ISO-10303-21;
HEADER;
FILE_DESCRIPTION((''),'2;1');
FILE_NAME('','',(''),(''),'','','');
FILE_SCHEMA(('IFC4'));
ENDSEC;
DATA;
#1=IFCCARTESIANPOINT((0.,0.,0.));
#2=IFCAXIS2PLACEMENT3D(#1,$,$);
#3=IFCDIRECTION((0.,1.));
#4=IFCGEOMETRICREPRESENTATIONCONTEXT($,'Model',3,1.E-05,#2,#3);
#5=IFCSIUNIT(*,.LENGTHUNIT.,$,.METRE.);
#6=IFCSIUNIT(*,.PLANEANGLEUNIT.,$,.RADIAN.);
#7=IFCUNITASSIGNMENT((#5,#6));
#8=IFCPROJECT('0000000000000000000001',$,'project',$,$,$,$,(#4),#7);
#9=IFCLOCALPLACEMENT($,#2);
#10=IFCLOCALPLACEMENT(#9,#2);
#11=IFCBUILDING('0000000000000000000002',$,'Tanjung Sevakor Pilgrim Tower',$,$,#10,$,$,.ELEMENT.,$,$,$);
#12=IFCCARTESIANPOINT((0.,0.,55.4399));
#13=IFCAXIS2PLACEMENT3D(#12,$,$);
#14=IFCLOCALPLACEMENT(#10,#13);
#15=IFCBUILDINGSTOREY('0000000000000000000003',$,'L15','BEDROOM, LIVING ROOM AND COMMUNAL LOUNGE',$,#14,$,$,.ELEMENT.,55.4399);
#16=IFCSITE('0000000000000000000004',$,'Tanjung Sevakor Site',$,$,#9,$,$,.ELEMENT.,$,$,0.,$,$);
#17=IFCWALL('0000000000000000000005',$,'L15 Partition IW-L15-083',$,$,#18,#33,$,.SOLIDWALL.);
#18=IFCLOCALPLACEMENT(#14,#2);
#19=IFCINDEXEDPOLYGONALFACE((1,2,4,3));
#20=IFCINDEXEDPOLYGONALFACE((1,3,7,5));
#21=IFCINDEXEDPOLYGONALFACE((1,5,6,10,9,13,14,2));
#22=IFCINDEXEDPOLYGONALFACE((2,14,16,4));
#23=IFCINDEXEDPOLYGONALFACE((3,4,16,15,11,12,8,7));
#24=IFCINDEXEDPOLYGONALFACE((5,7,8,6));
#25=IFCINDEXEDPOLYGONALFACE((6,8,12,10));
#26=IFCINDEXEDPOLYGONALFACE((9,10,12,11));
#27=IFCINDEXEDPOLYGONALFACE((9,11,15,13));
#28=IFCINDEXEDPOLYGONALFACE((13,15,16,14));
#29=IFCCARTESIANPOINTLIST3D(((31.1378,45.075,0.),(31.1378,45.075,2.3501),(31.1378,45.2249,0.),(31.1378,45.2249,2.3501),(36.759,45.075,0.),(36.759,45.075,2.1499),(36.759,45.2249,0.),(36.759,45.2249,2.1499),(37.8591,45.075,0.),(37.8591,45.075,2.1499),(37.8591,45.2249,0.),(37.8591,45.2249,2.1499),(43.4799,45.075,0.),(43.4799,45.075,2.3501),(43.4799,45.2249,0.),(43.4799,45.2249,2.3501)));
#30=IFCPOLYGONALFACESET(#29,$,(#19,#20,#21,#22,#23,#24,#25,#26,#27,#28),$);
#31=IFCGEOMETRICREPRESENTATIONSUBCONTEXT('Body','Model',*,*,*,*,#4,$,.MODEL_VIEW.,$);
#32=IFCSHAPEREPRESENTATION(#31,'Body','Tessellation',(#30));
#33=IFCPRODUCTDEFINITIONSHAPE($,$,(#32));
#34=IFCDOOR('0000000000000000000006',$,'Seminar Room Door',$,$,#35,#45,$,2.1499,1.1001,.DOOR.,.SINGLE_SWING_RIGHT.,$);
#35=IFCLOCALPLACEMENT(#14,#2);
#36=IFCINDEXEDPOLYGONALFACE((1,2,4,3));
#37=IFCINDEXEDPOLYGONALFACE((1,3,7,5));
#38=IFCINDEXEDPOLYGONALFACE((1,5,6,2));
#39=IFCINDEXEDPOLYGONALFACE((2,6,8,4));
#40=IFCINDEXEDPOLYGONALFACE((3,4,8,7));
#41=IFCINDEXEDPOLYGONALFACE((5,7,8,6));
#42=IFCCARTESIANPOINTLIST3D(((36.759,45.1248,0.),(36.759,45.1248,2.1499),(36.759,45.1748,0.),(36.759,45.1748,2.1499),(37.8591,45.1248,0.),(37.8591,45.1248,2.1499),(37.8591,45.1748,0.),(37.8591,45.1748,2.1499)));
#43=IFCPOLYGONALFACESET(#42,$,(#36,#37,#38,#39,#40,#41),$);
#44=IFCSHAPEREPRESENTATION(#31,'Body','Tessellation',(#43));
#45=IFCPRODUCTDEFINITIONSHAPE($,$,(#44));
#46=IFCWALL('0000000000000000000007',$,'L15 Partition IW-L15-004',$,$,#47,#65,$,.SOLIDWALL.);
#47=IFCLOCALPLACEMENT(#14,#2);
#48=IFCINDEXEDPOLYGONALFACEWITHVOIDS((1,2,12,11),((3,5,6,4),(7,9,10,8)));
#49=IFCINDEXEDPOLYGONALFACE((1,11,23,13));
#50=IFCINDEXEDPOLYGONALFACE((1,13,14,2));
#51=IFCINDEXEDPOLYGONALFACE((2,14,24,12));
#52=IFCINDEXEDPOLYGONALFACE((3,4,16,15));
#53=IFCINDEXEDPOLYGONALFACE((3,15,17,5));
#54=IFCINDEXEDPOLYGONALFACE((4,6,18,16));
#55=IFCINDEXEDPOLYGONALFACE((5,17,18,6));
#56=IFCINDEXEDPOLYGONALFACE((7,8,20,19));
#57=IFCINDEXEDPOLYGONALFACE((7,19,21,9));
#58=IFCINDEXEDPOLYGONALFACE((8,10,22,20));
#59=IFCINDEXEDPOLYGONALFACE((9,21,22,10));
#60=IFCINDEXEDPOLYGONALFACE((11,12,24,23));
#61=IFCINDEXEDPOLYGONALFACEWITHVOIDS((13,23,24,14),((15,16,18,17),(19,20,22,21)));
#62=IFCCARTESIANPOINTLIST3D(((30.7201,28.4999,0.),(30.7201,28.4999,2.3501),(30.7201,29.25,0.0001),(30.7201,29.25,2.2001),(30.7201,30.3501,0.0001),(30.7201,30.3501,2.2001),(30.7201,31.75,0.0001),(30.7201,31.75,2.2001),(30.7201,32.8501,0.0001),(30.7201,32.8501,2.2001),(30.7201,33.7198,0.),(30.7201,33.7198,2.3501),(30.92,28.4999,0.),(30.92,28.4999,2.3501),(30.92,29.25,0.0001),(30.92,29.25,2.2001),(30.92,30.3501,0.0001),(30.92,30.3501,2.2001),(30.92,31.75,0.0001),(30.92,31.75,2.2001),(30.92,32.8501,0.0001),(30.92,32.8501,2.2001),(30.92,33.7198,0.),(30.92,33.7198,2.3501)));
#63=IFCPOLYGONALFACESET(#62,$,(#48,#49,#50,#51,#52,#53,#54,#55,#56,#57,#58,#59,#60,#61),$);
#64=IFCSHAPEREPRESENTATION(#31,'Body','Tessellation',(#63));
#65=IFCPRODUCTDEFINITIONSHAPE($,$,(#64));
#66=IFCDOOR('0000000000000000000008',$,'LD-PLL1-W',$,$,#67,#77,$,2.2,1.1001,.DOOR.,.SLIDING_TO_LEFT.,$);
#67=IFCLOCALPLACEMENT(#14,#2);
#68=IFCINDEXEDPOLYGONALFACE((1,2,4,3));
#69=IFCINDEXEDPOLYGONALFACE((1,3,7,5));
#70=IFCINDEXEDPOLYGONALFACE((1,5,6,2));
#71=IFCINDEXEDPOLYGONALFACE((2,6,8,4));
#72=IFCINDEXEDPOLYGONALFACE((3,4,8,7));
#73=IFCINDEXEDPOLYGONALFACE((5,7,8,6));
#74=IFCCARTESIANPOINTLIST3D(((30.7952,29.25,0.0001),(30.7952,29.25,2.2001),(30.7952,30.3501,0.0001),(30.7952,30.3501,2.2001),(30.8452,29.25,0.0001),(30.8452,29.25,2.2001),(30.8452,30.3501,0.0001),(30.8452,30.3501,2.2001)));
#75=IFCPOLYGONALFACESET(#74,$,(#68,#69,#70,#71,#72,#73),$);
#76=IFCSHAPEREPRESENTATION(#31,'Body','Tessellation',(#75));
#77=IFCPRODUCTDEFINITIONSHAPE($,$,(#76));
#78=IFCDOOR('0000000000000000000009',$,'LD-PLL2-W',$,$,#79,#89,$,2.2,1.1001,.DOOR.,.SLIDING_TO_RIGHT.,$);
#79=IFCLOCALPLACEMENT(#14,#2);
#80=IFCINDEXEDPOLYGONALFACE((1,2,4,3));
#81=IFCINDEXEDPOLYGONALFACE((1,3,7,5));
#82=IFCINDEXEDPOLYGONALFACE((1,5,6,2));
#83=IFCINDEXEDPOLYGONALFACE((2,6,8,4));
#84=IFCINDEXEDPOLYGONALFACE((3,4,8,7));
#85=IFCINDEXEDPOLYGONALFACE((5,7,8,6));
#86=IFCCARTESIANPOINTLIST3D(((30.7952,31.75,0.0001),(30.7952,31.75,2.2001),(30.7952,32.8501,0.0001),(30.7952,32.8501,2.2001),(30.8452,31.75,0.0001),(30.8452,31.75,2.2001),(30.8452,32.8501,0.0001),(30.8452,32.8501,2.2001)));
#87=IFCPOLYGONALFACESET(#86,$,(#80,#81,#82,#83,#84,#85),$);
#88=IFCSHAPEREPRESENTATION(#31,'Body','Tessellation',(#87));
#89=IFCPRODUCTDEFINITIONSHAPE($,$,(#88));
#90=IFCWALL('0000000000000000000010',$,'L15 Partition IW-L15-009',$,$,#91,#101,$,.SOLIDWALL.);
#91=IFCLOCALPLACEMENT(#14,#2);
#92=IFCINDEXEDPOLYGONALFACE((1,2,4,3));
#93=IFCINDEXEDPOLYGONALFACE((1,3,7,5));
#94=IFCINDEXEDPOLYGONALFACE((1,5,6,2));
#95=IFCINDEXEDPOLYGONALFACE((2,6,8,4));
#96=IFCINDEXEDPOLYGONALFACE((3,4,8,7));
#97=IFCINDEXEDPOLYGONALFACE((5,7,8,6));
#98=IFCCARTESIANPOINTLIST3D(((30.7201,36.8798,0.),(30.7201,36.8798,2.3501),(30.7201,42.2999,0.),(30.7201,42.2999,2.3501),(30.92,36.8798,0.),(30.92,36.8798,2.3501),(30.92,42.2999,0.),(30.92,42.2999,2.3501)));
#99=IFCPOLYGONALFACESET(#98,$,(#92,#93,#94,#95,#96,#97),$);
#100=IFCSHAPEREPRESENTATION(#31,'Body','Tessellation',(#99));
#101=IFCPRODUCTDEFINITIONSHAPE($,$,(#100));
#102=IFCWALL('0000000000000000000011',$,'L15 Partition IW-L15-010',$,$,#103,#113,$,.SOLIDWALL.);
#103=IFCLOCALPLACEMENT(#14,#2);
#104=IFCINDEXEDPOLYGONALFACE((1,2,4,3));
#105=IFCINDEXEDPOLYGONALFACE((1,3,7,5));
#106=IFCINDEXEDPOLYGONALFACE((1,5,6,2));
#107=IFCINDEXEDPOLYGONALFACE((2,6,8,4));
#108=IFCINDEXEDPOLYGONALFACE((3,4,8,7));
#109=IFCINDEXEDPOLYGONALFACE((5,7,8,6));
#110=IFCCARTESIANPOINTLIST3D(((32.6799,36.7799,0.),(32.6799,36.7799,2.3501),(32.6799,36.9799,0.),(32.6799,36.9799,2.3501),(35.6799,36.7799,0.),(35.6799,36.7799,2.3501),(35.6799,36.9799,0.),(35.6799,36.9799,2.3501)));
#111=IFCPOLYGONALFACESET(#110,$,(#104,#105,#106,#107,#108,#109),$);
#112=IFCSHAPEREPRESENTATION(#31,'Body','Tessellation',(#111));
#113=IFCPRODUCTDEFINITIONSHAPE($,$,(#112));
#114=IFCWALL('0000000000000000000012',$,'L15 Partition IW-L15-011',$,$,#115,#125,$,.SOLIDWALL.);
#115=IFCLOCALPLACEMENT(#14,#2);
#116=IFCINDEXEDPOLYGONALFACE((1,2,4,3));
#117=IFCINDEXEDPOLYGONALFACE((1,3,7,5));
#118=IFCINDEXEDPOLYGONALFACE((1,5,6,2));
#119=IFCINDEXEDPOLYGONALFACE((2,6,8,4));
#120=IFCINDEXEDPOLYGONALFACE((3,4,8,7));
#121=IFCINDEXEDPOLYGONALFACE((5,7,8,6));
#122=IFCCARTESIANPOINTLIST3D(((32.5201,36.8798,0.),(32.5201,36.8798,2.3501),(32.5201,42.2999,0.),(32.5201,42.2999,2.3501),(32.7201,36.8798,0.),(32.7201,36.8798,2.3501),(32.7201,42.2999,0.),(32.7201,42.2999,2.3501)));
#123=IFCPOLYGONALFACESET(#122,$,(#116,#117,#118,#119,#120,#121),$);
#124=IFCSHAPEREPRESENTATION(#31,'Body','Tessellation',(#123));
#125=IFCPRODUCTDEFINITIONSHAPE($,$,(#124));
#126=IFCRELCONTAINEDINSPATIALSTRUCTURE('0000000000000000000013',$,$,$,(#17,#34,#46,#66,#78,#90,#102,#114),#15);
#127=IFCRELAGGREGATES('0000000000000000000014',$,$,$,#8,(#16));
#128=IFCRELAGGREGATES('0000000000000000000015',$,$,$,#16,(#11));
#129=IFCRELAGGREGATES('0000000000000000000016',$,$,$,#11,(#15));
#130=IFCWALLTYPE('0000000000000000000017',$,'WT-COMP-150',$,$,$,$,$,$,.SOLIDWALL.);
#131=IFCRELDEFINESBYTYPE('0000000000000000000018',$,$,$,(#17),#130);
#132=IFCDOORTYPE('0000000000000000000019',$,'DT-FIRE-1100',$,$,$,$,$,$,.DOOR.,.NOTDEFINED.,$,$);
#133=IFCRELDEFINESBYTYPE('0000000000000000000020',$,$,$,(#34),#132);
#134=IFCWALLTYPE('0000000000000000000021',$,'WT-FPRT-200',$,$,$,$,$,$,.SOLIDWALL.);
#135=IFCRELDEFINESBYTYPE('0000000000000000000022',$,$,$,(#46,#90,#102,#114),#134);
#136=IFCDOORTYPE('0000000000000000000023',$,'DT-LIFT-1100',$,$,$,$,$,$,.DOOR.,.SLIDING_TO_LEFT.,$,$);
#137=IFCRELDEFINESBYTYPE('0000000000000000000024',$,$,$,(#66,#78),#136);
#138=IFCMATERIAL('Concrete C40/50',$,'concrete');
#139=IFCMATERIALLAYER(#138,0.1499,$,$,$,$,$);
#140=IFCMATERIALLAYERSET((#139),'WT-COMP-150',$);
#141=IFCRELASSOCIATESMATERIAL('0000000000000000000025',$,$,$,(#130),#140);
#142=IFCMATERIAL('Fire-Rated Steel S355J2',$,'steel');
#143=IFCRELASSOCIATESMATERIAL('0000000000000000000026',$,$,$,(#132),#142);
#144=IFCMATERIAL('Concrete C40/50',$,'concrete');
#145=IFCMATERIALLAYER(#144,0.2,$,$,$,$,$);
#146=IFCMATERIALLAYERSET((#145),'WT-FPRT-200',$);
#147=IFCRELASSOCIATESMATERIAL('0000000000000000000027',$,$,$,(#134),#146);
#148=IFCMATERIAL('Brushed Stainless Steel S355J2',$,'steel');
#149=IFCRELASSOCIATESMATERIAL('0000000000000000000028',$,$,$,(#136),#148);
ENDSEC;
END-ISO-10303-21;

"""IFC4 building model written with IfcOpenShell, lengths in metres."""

from ifc_helpers import new_model, si_unit, direction, frame, frame_2d, origin, place, context, subcontext, project, spatial, rectangle, extrude, material, layer, layer_set, type_object, element, fill, save


model = new_model("IFC4")

# Units and contexts
model_context = context("Model", 3, precision=1e-05, world=origin(), true_north=direction((0.0, 1.0)))
body_context = subcontext(model_context, "Body", "Model", "MODEL_VIEW")
ifc_project = project(units=[si_unit("LENGTHUNIT", "METRE"), si_unit("PLANEANGLEUNIT", "RADIAN")], contexts=[model_context])

# Site, building, storey
site_placement = place(None, origin())
site = spatial("IfcSite", under=ifc_project, at=site_placement, Name="Tanjung Sevakor Site", CompositionType="ELEMENT", RefElevation=0.0)
building_placement = place(site_placement, origin())
building = spatial("IfcBuilding", under=site, at=building_placement, Name="Tanjung Sevakor Pilgrim Tower", CompositionType="ELEMENT")
storey_placement = place(building_placement, frame((0.0, 0.0, 55.4399)))
storey = spatial("IfcBuildingStorey", under=building, at=storey_placement, Name="L15", Description="BEDROOM, LIVING ROOM AND COMMUNAL LOUNGE", CompositionType="ELEMENT", Elevation=55.4399)

# Shared definitions
ifc_material_1 = material(Name="Concrete C40/50", Category="concrete")
ifc_layer_1 = layer(ifc_material_1, 0.1499)
ifc_layer_set_1 = layer_set([ifc_layer_1], Name="WT-COMP-150")
wall_type_1 = type_object("IfcWallType", Name="WT-COMP-150", PredefinedType="SOLIDWALL", material=ifc_layer_set_1)

# Wall, opening, door
wall_1_placement = place(storey_placement, frame((31.1379, 45.1499, 0.0), z_axis=(0.0, 0.0, 1.0), x_axis=(1.0, 0.0, 0.0)))
wall_1 = element("IfcWall", 1, at=wall_1_placement, inside=storey, type_object=wall_type_1, Name="L15 Partition IW-L15-083", PredefinedType="SOLIDWALL", context=body_context, shape_type="SweptSolid", body=[
    extrude(rectangle(XDim=12.342, YDim=0.1499, at=frame_2d((6.1709, 0.0))), origin(), (0.0, 0.0, 1.0), 2.3501),
])
opening_1_placement = place(wall_1_placement, frame((5.6211, 0.0, 0.0)))
opening_1 = element("IfcOpeningElement", 2, at=opening_1_placement, cuts=wall_1, PredefinedType="OPENING", context=body_context, shape_type="SweptSolid", body=[
    extrude(rectangle(XDim=1.1001, YDim=2.1499, at=frame_2d((0.55, 1.075))), frame((0.0, 0.085, 0.0), z_axis=(0.0, -1.0, 0.0), x_axis=(1.0, 0.0, 0.0)), (0.0, 0.0, 1.0), 0.1699),
])
ifc_material_2 = material(Name="Fire-Rated Steel S355J2", Category="steel")
door_type_1 = type_object("IfcDoorType", Name="DT-FIRE-1100", OperationType="NOTDEFINED", PredefinedType="DOOR", material=ifc_material_2)
door_1_placement = place(opening_1_placement, origin())
door_1 = element("IfcDoor", 3, at=door_1_placement, inside=storey, type_object=door_type_1, Name="Seminar Room Door", OperationType="SINGLE_SWING_RIGHT", OverallHeight=2.1499, OverallWidth=1.1001, PredefinedType="DOOR", context=body_context, shape_type="SweptSolid", body=[
    extrude(rectangle(XDim=1.1001, YDim=2.1499, at=frame_2d((0.55, 1.075))), frame((0.0, 0.0249, 0.0), z_axis=(0.0, -1.0, 0.0), x_axis=(1.0, 0.0, 0.0)), (0.0, 0.0, 1.0), 0.05),
])
fill(opening_1, door_1)

# Wall, openings, doors
ifc_material_3 = material(Name="Concrete C40/50", Category="concrete")
ifc_layer_2 = layer(ifc_material_3, 0.2)
ifc_layer_set_2 = layer_set([ifc_layer_2], Name="WT-FPRT-200")
wall_type_2 = type_object("IfcWallType", Name="WT-FPRT-200", PredefinedType="SOLIDWALL", material=ifc_layer_set_2)
wall_2_placement = place(storey_placement, frame((30.8201, 28.5, 0.0), z_axis=(0.0, 0.0, 1.0), x_axis=(0.0, 1.0, 0.0)))
wall_2 = element("IfcWall", 4, at=wall_2_placement, inside=storey, type_object=wall_type_2, Name="L15 Partition IW-L15-004", PredefinedType="SOLIDWALL", context=body_context, shape_type="SweptSolid", body=[
    extrude(rectangle(XDim=5.22, YDim=0.2, at=frame_2d((2.6099, 0.0))), origin(), (0.0, 0.0, 1.0), 2.3501),
])
opening_2_placement = place(wall_2_placement, frame((0.75, 0.0, 0.0)))
opening_2 = element("IfcOpeningElement", 5, at=opening_2_placement, cuts=wall_2, PredefinedType="OPENING", context=body_context, shape_type="SweptSolid", body=[
    extrude(rectangle(XDim=1.1001, YDim=2.2, at=frame_2d((0.55, 1.1001))), frame((0.0, 0.1099, 0.0), z_axis=(0.0, -1.0, 0.0), x_axis=(1.0, 0.0, 0.0)), (0.0, 0.0, 1.0), 0.22),
])
opening_3_placement = place(wall_2_placement, frame((3.25, 0.0, 0.0)))
opening_3 = element("IfcOpeningElement", 6, at=opening_3_placement, cuts=wall_2, PredefinedType="OPENING", context=body_context, shape_type="SweptSolid", body=[
    extrude(rectangle(XDim=1.1001, YDim=2.2, at=frame_2d((0.55, 1.1001))), frame((0.0, 0.1099, 0.0), z_axis=(0.0, -1.0, 0.0), x_axis=(1.0, 0.0, 0.0)), (0.0, 0.0, 1.0), 0.22),
])
ifc_material_4 = material(Name="Brushed Stainless Steel S355J2", Category="steel")
door_type_2 = type_object("IfcDoorType", Name="DT-LIFT-1100", OperationType="SLIDING_TO_LEFT", PredefinedType="DOOR", material=ifc_material_4)
door_2_placement = place(opening_2_placement, origin())
door_2 = element("IfcDoor", 7, at=door_2_placement, inside=storey, type_object=door_type_2, Name="LD-PLL1-W", OperationType="SLIDING_TO_LEFT", OverallHeight=2.2, OverallWidth=1.1001, PredefinedType="DOOR", context=body_context, shape_type="SweptSolid", body=[
    extrude(rectangle(XDim=1.1001, YDim=2.2, at=frame_2d((0.55, 1.1001))), frame((0.0, 0.0249, 0.0), z_axis=(0.0, -1.0, 0.0), x_axis=(1.0, 0.0, 0.0)), (0.0, 0.0, 1.0), 0.05),
])
fill(opening_2, door_2)
door_3_placement = place(opening_3_placement, origin())
door_3 = element("IfcDoor", 8, at=door_3_placement, inside=storey, type_object=door_type_2, Name="LD-PLL2-W", OperationType="SLIDING_TO_RIGHT", OverallHeight=2.2, OverallWidth=1.1001, PredefinedType="DOOR", context=body_context, shape_type="SweptSolid", body=[
    extrude(rectangle(XDim=1.1001, YDim=2.2, at=frame_2d((0.55, 1.1001))), frame((0.0, 0.0249, 0.0), z_axis=(0.0, -1.0, 0.0), x_axis=(1.0, 0.0, 0.0)), (0.0, 0.0, 1.0), 0.05),
])
fill(opening_3, door_3)

# Walls
wall_3_placement = place(storey_placement, frame((30.8201, 36.8799, 0.0), z_axis=(0.0, 0.0, 1.0), x_axis=(0.0, 1.0, 0.0)))
element("IfcWall", 9, at=wall_3_placement, inside=storey, type_object=wall_type_2, Name="L15 Partition IW-L15-009", PredefinedType="SOLIDWALL", context=body_context, shape_type="SweptSolid", body=[
    extrude(rectangle(XDim=5.4202, YDim=0.2, at=frame_2d((2.71, 0.0))), origin(), (0.0, 0.0, 1.0), 2.3501),
])
wall_4_placement = place(storey_placement, frame((32.6799, 36.8799, 0.0), z_axis=(0.0, 0.0, 1.0), x_axis=(1.0, 0.0, 0.0)))
element("IfcWall", 10, at=wall_4_placement, inside=storey, type_object=wall_type_2, Name="L15 Partition IW-L15-010", PredefinedType="SOLIDWALL", context=body_context, shape_type="SweptSolid", body=[
    extrude(rectangle(XDim=3.0, YDim=0.2, at=frame_2d((1.5, 0.0))), origin(), (0.0, 0.0, 1.0), 2.3501),
])
wall_5_placement = place(storey_placement, frame((32.6201, 36.8799, 0.0), z_axis=(0.0, 0.0, 1.0), x_axis=(0.0, 1.0, 0.0)))
element("IfcWall", 11, at=wall_5_placement, inside=storey, type_object=wall_type_2, Name="L15 Partition IW-L15-011", PredefinedType="SOLIDWALL", context=body_context, shape_type="SweptSolid", body=[
    extrude(rectangle(XDim=5.4202, YDim=0.2, at=frame_2d((2.71, 0.0))), origin(), (0.0, 0.0, 1.0), 2.3501),
])

save(model, "model.ifc")
